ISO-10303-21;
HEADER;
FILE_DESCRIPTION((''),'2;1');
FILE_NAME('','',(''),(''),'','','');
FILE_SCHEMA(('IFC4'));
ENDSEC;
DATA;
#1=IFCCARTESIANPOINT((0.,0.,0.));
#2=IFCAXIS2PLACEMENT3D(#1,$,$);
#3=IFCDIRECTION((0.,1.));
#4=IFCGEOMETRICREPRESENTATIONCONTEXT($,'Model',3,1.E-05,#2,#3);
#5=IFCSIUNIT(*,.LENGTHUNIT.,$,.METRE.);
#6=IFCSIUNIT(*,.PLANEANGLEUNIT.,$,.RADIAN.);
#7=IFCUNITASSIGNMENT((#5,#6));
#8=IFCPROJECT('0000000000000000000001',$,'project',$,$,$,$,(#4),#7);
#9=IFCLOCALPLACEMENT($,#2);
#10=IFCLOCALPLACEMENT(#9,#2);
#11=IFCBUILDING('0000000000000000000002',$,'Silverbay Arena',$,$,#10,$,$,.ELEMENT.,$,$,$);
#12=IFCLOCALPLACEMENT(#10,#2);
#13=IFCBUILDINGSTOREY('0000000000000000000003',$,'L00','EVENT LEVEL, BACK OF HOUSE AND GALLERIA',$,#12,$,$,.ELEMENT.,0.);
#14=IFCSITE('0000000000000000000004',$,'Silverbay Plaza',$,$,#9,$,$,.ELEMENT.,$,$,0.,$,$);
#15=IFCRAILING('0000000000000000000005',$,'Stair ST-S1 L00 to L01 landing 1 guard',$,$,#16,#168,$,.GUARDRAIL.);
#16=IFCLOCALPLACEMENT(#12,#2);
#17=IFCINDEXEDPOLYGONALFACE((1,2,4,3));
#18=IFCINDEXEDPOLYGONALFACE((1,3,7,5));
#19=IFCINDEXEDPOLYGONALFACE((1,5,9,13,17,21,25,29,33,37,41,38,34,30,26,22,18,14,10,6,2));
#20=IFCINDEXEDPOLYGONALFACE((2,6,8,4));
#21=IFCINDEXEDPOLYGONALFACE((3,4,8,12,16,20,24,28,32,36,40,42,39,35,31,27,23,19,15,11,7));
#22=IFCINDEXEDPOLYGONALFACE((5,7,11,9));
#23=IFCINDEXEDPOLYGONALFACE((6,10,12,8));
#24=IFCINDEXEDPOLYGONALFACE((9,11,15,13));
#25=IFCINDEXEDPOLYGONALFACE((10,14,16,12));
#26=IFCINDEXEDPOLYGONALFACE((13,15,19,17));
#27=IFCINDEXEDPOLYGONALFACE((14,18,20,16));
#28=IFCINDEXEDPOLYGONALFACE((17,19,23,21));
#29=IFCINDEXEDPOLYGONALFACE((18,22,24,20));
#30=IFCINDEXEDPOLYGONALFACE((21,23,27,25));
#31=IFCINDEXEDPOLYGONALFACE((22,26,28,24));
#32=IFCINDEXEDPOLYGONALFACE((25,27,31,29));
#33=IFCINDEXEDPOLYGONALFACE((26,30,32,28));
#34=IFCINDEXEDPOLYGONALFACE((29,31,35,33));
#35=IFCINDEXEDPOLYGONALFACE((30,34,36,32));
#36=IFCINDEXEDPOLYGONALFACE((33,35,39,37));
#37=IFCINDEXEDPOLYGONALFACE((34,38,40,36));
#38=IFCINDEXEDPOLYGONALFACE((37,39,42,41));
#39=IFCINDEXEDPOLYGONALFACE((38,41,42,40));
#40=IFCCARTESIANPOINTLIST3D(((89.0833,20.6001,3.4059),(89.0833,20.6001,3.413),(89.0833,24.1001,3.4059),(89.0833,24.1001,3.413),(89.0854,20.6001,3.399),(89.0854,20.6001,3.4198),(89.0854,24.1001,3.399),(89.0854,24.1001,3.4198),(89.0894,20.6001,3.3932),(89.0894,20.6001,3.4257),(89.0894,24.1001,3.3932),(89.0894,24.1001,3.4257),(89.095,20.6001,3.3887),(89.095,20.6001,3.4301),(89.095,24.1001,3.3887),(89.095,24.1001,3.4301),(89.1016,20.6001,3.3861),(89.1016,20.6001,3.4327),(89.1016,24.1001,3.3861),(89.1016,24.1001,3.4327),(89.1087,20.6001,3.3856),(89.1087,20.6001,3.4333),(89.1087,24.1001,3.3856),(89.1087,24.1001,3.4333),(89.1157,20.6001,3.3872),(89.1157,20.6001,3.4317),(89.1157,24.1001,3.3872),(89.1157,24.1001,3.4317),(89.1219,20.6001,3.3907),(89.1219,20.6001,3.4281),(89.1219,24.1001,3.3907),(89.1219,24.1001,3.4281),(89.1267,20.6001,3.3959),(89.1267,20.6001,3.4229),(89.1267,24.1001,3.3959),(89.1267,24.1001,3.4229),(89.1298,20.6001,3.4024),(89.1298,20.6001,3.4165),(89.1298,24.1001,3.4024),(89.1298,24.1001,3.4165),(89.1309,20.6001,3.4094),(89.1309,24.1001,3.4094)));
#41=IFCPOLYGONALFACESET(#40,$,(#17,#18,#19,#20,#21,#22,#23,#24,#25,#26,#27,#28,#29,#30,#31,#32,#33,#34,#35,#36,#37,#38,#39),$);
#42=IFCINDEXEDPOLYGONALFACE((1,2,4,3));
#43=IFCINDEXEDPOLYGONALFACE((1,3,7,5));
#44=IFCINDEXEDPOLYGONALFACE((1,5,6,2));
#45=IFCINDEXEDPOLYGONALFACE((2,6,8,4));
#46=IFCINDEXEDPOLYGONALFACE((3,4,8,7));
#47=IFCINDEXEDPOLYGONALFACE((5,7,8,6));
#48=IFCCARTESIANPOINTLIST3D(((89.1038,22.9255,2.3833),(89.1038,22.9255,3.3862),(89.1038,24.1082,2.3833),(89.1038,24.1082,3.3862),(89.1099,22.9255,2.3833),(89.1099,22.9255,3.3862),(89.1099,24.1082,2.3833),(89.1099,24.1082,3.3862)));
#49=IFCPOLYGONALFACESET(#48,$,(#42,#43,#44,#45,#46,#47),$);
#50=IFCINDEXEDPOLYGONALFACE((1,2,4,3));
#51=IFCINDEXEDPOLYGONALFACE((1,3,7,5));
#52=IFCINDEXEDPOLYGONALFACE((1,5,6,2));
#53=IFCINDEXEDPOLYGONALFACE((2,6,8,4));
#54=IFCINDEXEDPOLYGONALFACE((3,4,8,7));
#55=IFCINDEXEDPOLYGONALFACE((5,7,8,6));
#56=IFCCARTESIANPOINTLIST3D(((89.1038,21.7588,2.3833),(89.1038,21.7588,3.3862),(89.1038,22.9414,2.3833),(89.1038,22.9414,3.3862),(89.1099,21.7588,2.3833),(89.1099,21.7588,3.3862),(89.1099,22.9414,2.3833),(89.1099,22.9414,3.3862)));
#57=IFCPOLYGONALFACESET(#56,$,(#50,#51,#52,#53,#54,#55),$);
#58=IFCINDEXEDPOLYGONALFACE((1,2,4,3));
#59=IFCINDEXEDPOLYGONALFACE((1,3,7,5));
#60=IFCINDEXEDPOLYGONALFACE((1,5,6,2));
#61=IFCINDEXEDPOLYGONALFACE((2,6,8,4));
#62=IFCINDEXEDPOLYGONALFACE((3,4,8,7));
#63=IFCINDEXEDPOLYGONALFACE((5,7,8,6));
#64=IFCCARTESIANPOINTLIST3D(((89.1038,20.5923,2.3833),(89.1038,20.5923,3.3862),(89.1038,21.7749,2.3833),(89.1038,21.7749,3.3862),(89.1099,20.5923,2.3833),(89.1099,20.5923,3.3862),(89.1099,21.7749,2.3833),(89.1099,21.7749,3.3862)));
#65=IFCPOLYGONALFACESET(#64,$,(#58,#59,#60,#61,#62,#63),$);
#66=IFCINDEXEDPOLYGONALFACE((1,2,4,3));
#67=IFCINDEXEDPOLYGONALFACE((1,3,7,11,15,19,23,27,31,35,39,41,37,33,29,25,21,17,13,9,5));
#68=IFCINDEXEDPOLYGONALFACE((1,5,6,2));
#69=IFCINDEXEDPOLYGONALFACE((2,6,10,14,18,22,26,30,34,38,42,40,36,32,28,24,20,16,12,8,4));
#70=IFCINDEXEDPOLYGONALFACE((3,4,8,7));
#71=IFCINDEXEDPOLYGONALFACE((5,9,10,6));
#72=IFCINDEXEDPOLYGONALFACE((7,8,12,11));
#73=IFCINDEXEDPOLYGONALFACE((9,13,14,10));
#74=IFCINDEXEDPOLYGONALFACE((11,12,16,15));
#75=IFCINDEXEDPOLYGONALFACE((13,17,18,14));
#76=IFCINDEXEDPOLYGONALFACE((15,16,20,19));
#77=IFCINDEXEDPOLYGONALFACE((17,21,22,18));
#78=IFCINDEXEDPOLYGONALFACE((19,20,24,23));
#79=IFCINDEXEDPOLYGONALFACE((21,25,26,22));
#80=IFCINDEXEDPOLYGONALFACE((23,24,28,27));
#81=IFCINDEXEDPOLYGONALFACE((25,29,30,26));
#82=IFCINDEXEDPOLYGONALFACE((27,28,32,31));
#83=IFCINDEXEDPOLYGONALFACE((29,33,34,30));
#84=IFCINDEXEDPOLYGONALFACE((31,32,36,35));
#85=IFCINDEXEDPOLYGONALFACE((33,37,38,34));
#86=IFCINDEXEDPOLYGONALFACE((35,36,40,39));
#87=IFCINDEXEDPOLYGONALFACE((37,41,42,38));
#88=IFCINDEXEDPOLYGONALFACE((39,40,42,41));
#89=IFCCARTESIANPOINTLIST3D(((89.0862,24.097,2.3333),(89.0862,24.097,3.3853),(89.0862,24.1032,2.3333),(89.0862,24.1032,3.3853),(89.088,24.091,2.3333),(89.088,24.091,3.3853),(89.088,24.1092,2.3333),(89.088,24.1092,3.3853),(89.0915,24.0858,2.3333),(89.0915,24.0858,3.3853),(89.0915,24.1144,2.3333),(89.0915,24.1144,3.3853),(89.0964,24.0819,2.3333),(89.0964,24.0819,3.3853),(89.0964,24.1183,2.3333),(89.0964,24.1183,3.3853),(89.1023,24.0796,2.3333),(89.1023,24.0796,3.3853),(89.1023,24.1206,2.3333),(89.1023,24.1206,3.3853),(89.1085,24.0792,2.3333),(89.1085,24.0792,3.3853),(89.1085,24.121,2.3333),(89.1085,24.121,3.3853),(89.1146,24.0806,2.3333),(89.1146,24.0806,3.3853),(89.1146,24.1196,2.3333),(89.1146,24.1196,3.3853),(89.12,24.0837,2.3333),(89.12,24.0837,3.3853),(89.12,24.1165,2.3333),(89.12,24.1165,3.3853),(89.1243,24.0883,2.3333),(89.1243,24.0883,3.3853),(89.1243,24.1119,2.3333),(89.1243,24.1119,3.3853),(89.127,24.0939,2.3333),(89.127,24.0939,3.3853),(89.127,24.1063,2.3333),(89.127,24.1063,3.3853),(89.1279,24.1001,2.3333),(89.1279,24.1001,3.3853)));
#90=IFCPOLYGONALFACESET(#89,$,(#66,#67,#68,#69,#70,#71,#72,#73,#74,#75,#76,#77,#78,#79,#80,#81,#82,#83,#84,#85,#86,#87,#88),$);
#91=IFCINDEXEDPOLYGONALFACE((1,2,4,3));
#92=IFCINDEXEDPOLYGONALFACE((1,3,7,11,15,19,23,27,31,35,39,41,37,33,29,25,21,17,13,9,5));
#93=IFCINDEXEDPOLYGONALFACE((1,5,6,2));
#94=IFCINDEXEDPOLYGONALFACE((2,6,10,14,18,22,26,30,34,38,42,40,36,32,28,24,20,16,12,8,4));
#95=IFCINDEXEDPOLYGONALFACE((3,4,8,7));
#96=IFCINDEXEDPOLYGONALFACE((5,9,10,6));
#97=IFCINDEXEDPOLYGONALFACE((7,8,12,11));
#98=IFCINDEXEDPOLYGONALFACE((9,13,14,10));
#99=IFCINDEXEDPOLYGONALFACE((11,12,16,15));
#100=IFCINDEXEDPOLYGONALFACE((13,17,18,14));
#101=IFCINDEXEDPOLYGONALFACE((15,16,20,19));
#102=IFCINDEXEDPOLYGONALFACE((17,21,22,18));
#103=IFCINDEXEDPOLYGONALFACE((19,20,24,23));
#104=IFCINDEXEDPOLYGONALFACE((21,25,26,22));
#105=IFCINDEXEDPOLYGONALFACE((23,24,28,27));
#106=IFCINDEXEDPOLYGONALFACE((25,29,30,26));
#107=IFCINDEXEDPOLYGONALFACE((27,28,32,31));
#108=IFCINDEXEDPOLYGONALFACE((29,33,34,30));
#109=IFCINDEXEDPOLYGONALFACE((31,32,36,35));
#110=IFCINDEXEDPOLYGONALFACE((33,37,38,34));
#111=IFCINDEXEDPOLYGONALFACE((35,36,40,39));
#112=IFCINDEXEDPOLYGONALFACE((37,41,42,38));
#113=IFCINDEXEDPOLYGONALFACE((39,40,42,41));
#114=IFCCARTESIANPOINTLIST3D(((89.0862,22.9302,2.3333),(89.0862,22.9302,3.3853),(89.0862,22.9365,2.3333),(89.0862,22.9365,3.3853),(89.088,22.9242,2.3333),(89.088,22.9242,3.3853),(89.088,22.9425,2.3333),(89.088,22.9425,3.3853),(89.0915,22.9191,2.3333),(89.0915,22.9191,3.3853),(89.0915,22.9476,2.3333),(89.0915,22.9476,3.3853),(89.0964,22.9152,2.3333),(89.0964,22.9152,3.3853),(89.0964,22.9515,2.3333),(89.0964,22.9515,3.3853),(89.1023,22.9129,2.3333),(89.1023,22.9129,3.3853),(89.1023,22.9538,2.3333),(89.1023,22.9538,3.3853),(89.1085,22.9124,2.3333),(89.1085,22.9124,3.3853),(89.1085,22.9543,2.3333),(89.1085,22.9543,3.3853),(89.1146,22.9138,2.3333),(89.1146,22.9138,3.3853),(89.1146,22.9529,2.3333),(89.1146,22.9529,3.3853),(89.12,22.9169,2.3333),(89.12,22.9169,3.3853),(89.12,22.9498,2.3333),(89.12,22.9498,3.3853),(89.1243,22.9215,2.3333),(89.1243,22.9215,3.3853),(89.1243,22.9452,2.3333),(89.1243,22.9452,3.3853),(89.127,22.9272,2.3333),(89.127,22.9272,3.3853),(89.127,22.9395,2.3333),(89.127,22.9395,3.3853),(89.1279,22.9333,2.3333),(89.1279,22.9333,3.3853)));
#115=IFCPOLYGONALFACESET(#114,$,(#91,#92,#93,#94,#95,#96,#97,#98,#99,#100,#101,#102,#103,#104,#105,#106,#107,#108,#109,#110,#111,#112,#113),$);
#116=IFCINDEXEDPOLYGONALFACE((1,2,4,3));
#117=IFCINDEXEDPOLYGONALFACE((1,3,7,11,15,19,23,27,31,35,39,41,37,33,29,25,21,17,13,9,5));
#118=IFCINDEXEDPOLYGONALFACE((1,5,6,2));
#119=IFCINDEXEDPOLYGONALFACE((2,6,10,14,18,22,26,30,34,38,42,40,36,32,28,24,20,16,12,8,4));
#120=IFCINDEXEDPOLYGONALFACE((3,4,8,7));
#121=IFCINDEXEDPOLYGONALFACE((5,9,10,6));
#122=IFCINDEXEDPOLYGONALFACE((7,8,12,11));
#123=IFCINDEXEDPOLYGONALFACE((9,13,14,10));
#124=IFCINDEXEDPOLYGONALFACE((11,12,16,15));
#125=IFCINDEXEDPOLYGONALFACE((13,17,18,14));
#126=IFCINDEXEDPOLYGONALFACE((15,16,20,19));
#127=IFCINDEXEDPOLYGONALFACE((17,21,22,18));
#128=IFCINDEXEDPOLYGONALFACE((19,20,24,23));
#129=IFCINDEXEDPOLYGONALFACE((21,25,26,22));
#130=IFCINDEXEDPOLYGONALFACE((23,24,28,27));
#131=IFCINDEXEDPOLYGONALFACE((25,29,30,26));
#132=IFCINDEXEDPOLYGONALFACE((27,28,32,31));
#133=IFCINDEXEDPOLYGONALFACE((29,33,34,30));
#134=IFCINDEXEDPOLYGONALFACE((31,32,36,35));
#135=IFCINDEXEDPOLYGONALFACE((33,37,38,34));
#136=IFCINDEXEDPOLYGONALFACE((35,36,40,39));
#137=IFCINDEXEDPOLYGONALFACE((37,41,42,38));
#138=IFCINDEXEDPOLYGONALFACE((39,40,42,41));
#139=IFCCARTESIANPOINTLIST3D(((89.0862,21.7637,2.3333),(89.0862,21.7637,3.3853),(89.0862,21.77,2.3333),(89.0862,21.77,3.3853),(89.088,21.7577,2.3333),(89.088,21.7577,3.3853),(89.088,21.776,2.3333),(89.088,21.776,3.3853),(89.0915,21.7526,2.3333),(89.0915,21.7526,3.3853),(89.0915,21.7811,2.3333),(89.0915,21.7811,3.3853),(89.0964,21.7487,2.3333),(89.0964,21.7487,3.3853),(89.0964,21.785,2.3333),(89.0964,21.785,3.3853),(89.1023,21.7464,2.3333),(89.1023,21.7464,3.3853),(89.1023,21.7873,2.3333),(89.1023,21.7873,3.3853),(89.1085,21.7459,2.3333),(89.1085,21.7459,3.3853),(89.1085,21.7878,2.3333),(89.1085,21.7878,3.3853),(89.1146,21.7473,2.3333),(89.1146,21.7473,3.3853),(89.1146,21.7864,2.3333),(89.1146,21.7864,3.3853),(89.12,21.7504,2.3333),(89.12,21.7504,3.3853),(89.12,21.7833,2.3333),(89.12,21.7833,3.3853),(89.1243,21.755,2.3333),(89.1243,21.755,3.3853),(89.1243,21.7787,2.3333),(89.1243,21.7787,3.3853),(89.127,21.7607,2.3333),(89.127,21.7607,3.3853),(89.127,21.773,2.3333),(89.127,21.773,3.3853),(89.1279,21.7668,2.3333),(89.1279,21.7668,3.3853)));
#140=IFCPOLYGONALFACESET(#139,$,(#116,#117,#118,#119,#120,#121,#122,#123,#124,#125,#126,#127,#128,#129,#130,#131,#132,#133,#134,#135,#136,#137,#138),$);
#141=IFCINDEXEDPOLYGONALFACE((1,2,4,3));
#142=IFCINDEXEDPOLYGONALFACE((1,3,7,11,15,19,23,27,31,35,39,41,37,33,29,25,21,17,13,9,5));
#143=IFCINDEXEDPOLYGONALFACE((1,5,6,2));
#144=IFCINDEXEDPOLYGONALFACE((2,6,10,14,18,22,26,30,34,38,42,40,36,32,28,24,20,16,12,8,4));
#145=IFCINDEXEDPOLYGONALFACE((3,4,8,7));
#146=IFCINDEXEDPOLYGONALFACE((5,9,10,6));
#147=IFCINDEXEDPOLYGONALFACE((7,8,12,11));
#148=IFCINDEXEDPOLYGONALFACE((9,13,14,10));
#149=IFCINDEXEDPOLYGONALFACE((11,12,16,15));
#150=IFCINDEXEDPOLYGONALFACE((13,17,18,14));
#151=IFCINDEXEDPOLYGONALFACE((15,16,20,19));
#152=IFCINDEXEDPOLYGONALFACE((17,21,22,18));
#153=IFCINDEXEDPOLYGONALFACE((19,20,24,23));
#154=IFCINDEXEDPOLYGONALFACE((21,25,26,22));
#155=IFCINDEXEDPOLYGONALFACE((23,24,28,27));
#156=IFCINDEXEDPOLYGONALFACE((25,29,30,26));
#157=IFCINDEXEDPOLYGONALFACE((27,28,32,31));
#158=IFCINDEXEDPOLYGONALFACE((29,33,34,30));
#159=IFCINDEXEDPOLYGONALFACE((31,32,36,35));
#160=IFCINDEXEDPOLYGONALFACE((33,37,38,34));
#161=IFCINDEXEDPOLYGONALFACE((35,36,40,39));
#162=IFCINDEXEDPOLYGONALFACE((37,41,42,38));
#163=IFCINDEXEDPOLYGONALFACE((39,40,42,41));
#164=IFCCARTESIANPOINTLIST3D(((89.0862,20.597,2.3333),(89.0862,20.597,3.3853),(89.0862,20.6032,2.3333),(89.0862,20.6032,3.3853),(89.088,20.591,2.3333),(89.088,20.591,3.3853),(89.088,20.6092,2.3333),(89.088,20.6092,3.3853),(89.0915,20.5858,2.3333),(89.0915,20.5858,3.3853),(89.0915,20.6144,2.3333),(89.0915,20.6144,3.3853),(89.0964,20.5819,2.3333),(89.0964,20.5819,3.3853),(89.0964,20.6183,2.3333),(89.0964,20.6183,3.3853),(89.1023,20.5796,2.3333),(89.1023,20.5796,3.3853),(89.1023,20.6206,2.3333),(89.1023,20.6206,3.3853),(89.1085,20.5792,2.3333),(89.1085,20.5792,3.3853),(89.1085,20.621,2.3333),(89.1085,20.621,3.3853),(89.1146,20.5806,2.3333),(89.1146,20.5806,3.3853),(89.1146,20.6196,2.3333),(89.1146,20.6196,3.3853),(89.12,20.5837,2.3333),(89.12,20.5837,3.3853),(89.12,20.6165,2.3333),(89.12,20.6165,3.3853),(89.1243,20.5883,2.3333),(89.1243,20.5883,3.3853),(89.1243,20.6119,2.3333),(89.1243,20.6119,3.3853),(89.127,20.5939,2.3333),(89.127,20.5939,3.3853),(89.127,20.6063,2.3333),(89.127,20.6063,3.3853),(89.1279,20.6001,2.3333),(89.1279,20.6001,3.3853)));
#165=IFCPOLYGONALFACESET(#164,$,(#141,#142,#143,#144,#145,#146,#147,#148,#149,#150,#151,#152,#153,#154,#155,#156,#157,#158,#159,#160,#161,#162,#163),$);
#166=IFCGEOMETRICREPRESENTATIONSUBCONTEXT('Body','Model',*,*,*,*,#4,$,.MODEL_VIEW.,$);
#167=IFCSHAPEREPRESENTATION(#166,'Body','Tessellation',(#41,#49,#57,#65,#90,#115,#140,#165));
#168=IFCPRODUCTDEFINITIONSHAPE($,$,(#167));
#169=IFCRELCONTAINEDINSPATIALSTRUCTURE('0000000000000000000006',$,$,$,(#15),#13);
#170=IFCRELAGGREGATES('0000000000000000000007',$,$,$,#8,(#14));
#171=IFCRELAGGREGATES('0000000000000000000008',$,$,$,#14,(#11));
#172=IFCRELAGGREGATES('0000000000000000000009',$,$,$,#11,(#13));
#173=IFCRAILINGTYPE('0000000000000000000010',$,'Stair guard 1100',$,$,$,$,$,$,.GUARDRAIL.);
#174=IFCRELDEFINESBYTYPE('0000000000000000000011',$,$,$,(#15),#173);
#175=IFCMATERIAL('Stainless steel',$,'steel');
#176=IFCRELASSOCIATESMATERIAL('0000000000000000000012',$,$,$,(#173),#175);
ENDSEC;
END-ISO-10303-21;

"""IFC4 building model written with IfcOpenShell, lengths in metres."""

from ifc_helpers import new_model, si_unit, direction, frame, origin, origin_2d, place, context, subcontext, project, spatial, polyline, circle, outline, extrude, material, type_object, element, save


model = new_model("IFC4")

# Units and contexts
model_context = context("Model", 3, precision=1e-05, world=origin(), true_north=direction((0.0, 1.0)))
body_context = subcontext(model_context, "Body", "Model", "MODEL_VIEW")
ifc_project = project(units=[si_unit("LENGTHUNIT", "METRE"), si_unit("PLANEANGLEUNIT", "RADIAN")], contexts=[model_context])

# Site, building, storey
site_placement = place(None, origin())
site = spatial("IfcSite", under=ifc_project, at=site_placement, Name="Silverbay Plaza", CompositionType="ELEMENT", RefElevation=0.0)
building_placement = place(site_placement, origin())
building = spatial("IfcBuilding", under=site, at=building_placement, Name="Silverbay Arena", CompositionType="ELEMENT")
storey_placement = place(building_placement, origin())
storey = spatial("IfcBuildingStorey", under=building, at=storey_placement, Name="L00", Description="EVENT LEVEL, BACK OF HOUSE AND GALLERIA", CompositionType="ELEMENT", Elevation=0.0)

# Railing
ifc_material_1 = material(Name="Stainless steel", Category="steel")
railing_type_1 = type_object("IfcRailingType", Name="Stair guard 1100", PredefinedType="GUARDRAIL", material=ifc_material_1)
for number, where, name in (
    (1, (89.1069, 24.1001, 2.3333), "Stair ST-S1 L00 to L01 landing 1 guard"),
):
    element("IfcRailing", number, at=place(storey_placement, frame(where)), inside=storey, type_object=railing_type_1, Name=name, PredefinedType="GUARDRAIL", context=body_context, shape_type="SweptSolid", body=[
        extrude(circle(Radius=0.0239, at=origin_2d()), frame((0.0, 0.0, 1.0762), z_axis=(0.0, -1.0, 0.0), x_axis=(1.0, 0.0, 0.0)), (0.0, 0.0, 1.0), 3.5),
        extrude(outline(polyline([(-0.0081, 0.05), (1.1746, 0.05), (1.1746, 1.053), (-0.0081, 1.053), (-0.0081, 0.05)])), frame((0.0029, 0.0, 0.0), z_axis=(-1.0, 0.0, 0.0), x_axis=(0.0, -1.0, 0.0)), (0.0, 0.0, 1.0), 0.0061),
        extrude(outline(polyline([(-0.0081, 0.05), (1.1746, 0.05), (1.1746, 1.053), (-0.0081, 1.053), (-0.0081, 0.05)])), frame((0.0029, -1.1667, 0.0), z_axis=(-1.0, 0.0, 0.0), x_axis=(0.0, -1.0, 0.0)), (0.0, 0.0, 1.0), 0.0061),
        extrude(outline(polyline([(-0.0081, 0.05), (1.1746, 0.05), (1.1746, 1.053), (-0.0081, 1.053), (-0.0081, 0.05)])), frame((0.0029, -2.3333, 0.0), z_axis=(-1.0, 0.0, 0.0), x_axis=(0.0, -1.0, 0.0)), (0.0, 0.0, 1.0), 0.0061),
        extrude(circle(Radius=0.021, at=origin_2d()), origin(), (0.0, 0.0, 1.0), 1.052),
        extrude(circle(Radius=0.021, at=origin_2d()), frame((0.0, -1.1667, 0.0)), (0.0, 0.0, 1.0), 1.052),
        extrude(circle(Radius=0.021, at=origin_2d()), frame((0.0, -2.3333, 0.0)), (0.0, 0.0, 1.0), 1.052),
        extrude(circle(Radius=0.021, at=origin_2d()), frame((0.0, -3.5, 0.0)), (0.0, 0.0, 1.0), 1.052),
    ])

save(model, "model.ifc")
